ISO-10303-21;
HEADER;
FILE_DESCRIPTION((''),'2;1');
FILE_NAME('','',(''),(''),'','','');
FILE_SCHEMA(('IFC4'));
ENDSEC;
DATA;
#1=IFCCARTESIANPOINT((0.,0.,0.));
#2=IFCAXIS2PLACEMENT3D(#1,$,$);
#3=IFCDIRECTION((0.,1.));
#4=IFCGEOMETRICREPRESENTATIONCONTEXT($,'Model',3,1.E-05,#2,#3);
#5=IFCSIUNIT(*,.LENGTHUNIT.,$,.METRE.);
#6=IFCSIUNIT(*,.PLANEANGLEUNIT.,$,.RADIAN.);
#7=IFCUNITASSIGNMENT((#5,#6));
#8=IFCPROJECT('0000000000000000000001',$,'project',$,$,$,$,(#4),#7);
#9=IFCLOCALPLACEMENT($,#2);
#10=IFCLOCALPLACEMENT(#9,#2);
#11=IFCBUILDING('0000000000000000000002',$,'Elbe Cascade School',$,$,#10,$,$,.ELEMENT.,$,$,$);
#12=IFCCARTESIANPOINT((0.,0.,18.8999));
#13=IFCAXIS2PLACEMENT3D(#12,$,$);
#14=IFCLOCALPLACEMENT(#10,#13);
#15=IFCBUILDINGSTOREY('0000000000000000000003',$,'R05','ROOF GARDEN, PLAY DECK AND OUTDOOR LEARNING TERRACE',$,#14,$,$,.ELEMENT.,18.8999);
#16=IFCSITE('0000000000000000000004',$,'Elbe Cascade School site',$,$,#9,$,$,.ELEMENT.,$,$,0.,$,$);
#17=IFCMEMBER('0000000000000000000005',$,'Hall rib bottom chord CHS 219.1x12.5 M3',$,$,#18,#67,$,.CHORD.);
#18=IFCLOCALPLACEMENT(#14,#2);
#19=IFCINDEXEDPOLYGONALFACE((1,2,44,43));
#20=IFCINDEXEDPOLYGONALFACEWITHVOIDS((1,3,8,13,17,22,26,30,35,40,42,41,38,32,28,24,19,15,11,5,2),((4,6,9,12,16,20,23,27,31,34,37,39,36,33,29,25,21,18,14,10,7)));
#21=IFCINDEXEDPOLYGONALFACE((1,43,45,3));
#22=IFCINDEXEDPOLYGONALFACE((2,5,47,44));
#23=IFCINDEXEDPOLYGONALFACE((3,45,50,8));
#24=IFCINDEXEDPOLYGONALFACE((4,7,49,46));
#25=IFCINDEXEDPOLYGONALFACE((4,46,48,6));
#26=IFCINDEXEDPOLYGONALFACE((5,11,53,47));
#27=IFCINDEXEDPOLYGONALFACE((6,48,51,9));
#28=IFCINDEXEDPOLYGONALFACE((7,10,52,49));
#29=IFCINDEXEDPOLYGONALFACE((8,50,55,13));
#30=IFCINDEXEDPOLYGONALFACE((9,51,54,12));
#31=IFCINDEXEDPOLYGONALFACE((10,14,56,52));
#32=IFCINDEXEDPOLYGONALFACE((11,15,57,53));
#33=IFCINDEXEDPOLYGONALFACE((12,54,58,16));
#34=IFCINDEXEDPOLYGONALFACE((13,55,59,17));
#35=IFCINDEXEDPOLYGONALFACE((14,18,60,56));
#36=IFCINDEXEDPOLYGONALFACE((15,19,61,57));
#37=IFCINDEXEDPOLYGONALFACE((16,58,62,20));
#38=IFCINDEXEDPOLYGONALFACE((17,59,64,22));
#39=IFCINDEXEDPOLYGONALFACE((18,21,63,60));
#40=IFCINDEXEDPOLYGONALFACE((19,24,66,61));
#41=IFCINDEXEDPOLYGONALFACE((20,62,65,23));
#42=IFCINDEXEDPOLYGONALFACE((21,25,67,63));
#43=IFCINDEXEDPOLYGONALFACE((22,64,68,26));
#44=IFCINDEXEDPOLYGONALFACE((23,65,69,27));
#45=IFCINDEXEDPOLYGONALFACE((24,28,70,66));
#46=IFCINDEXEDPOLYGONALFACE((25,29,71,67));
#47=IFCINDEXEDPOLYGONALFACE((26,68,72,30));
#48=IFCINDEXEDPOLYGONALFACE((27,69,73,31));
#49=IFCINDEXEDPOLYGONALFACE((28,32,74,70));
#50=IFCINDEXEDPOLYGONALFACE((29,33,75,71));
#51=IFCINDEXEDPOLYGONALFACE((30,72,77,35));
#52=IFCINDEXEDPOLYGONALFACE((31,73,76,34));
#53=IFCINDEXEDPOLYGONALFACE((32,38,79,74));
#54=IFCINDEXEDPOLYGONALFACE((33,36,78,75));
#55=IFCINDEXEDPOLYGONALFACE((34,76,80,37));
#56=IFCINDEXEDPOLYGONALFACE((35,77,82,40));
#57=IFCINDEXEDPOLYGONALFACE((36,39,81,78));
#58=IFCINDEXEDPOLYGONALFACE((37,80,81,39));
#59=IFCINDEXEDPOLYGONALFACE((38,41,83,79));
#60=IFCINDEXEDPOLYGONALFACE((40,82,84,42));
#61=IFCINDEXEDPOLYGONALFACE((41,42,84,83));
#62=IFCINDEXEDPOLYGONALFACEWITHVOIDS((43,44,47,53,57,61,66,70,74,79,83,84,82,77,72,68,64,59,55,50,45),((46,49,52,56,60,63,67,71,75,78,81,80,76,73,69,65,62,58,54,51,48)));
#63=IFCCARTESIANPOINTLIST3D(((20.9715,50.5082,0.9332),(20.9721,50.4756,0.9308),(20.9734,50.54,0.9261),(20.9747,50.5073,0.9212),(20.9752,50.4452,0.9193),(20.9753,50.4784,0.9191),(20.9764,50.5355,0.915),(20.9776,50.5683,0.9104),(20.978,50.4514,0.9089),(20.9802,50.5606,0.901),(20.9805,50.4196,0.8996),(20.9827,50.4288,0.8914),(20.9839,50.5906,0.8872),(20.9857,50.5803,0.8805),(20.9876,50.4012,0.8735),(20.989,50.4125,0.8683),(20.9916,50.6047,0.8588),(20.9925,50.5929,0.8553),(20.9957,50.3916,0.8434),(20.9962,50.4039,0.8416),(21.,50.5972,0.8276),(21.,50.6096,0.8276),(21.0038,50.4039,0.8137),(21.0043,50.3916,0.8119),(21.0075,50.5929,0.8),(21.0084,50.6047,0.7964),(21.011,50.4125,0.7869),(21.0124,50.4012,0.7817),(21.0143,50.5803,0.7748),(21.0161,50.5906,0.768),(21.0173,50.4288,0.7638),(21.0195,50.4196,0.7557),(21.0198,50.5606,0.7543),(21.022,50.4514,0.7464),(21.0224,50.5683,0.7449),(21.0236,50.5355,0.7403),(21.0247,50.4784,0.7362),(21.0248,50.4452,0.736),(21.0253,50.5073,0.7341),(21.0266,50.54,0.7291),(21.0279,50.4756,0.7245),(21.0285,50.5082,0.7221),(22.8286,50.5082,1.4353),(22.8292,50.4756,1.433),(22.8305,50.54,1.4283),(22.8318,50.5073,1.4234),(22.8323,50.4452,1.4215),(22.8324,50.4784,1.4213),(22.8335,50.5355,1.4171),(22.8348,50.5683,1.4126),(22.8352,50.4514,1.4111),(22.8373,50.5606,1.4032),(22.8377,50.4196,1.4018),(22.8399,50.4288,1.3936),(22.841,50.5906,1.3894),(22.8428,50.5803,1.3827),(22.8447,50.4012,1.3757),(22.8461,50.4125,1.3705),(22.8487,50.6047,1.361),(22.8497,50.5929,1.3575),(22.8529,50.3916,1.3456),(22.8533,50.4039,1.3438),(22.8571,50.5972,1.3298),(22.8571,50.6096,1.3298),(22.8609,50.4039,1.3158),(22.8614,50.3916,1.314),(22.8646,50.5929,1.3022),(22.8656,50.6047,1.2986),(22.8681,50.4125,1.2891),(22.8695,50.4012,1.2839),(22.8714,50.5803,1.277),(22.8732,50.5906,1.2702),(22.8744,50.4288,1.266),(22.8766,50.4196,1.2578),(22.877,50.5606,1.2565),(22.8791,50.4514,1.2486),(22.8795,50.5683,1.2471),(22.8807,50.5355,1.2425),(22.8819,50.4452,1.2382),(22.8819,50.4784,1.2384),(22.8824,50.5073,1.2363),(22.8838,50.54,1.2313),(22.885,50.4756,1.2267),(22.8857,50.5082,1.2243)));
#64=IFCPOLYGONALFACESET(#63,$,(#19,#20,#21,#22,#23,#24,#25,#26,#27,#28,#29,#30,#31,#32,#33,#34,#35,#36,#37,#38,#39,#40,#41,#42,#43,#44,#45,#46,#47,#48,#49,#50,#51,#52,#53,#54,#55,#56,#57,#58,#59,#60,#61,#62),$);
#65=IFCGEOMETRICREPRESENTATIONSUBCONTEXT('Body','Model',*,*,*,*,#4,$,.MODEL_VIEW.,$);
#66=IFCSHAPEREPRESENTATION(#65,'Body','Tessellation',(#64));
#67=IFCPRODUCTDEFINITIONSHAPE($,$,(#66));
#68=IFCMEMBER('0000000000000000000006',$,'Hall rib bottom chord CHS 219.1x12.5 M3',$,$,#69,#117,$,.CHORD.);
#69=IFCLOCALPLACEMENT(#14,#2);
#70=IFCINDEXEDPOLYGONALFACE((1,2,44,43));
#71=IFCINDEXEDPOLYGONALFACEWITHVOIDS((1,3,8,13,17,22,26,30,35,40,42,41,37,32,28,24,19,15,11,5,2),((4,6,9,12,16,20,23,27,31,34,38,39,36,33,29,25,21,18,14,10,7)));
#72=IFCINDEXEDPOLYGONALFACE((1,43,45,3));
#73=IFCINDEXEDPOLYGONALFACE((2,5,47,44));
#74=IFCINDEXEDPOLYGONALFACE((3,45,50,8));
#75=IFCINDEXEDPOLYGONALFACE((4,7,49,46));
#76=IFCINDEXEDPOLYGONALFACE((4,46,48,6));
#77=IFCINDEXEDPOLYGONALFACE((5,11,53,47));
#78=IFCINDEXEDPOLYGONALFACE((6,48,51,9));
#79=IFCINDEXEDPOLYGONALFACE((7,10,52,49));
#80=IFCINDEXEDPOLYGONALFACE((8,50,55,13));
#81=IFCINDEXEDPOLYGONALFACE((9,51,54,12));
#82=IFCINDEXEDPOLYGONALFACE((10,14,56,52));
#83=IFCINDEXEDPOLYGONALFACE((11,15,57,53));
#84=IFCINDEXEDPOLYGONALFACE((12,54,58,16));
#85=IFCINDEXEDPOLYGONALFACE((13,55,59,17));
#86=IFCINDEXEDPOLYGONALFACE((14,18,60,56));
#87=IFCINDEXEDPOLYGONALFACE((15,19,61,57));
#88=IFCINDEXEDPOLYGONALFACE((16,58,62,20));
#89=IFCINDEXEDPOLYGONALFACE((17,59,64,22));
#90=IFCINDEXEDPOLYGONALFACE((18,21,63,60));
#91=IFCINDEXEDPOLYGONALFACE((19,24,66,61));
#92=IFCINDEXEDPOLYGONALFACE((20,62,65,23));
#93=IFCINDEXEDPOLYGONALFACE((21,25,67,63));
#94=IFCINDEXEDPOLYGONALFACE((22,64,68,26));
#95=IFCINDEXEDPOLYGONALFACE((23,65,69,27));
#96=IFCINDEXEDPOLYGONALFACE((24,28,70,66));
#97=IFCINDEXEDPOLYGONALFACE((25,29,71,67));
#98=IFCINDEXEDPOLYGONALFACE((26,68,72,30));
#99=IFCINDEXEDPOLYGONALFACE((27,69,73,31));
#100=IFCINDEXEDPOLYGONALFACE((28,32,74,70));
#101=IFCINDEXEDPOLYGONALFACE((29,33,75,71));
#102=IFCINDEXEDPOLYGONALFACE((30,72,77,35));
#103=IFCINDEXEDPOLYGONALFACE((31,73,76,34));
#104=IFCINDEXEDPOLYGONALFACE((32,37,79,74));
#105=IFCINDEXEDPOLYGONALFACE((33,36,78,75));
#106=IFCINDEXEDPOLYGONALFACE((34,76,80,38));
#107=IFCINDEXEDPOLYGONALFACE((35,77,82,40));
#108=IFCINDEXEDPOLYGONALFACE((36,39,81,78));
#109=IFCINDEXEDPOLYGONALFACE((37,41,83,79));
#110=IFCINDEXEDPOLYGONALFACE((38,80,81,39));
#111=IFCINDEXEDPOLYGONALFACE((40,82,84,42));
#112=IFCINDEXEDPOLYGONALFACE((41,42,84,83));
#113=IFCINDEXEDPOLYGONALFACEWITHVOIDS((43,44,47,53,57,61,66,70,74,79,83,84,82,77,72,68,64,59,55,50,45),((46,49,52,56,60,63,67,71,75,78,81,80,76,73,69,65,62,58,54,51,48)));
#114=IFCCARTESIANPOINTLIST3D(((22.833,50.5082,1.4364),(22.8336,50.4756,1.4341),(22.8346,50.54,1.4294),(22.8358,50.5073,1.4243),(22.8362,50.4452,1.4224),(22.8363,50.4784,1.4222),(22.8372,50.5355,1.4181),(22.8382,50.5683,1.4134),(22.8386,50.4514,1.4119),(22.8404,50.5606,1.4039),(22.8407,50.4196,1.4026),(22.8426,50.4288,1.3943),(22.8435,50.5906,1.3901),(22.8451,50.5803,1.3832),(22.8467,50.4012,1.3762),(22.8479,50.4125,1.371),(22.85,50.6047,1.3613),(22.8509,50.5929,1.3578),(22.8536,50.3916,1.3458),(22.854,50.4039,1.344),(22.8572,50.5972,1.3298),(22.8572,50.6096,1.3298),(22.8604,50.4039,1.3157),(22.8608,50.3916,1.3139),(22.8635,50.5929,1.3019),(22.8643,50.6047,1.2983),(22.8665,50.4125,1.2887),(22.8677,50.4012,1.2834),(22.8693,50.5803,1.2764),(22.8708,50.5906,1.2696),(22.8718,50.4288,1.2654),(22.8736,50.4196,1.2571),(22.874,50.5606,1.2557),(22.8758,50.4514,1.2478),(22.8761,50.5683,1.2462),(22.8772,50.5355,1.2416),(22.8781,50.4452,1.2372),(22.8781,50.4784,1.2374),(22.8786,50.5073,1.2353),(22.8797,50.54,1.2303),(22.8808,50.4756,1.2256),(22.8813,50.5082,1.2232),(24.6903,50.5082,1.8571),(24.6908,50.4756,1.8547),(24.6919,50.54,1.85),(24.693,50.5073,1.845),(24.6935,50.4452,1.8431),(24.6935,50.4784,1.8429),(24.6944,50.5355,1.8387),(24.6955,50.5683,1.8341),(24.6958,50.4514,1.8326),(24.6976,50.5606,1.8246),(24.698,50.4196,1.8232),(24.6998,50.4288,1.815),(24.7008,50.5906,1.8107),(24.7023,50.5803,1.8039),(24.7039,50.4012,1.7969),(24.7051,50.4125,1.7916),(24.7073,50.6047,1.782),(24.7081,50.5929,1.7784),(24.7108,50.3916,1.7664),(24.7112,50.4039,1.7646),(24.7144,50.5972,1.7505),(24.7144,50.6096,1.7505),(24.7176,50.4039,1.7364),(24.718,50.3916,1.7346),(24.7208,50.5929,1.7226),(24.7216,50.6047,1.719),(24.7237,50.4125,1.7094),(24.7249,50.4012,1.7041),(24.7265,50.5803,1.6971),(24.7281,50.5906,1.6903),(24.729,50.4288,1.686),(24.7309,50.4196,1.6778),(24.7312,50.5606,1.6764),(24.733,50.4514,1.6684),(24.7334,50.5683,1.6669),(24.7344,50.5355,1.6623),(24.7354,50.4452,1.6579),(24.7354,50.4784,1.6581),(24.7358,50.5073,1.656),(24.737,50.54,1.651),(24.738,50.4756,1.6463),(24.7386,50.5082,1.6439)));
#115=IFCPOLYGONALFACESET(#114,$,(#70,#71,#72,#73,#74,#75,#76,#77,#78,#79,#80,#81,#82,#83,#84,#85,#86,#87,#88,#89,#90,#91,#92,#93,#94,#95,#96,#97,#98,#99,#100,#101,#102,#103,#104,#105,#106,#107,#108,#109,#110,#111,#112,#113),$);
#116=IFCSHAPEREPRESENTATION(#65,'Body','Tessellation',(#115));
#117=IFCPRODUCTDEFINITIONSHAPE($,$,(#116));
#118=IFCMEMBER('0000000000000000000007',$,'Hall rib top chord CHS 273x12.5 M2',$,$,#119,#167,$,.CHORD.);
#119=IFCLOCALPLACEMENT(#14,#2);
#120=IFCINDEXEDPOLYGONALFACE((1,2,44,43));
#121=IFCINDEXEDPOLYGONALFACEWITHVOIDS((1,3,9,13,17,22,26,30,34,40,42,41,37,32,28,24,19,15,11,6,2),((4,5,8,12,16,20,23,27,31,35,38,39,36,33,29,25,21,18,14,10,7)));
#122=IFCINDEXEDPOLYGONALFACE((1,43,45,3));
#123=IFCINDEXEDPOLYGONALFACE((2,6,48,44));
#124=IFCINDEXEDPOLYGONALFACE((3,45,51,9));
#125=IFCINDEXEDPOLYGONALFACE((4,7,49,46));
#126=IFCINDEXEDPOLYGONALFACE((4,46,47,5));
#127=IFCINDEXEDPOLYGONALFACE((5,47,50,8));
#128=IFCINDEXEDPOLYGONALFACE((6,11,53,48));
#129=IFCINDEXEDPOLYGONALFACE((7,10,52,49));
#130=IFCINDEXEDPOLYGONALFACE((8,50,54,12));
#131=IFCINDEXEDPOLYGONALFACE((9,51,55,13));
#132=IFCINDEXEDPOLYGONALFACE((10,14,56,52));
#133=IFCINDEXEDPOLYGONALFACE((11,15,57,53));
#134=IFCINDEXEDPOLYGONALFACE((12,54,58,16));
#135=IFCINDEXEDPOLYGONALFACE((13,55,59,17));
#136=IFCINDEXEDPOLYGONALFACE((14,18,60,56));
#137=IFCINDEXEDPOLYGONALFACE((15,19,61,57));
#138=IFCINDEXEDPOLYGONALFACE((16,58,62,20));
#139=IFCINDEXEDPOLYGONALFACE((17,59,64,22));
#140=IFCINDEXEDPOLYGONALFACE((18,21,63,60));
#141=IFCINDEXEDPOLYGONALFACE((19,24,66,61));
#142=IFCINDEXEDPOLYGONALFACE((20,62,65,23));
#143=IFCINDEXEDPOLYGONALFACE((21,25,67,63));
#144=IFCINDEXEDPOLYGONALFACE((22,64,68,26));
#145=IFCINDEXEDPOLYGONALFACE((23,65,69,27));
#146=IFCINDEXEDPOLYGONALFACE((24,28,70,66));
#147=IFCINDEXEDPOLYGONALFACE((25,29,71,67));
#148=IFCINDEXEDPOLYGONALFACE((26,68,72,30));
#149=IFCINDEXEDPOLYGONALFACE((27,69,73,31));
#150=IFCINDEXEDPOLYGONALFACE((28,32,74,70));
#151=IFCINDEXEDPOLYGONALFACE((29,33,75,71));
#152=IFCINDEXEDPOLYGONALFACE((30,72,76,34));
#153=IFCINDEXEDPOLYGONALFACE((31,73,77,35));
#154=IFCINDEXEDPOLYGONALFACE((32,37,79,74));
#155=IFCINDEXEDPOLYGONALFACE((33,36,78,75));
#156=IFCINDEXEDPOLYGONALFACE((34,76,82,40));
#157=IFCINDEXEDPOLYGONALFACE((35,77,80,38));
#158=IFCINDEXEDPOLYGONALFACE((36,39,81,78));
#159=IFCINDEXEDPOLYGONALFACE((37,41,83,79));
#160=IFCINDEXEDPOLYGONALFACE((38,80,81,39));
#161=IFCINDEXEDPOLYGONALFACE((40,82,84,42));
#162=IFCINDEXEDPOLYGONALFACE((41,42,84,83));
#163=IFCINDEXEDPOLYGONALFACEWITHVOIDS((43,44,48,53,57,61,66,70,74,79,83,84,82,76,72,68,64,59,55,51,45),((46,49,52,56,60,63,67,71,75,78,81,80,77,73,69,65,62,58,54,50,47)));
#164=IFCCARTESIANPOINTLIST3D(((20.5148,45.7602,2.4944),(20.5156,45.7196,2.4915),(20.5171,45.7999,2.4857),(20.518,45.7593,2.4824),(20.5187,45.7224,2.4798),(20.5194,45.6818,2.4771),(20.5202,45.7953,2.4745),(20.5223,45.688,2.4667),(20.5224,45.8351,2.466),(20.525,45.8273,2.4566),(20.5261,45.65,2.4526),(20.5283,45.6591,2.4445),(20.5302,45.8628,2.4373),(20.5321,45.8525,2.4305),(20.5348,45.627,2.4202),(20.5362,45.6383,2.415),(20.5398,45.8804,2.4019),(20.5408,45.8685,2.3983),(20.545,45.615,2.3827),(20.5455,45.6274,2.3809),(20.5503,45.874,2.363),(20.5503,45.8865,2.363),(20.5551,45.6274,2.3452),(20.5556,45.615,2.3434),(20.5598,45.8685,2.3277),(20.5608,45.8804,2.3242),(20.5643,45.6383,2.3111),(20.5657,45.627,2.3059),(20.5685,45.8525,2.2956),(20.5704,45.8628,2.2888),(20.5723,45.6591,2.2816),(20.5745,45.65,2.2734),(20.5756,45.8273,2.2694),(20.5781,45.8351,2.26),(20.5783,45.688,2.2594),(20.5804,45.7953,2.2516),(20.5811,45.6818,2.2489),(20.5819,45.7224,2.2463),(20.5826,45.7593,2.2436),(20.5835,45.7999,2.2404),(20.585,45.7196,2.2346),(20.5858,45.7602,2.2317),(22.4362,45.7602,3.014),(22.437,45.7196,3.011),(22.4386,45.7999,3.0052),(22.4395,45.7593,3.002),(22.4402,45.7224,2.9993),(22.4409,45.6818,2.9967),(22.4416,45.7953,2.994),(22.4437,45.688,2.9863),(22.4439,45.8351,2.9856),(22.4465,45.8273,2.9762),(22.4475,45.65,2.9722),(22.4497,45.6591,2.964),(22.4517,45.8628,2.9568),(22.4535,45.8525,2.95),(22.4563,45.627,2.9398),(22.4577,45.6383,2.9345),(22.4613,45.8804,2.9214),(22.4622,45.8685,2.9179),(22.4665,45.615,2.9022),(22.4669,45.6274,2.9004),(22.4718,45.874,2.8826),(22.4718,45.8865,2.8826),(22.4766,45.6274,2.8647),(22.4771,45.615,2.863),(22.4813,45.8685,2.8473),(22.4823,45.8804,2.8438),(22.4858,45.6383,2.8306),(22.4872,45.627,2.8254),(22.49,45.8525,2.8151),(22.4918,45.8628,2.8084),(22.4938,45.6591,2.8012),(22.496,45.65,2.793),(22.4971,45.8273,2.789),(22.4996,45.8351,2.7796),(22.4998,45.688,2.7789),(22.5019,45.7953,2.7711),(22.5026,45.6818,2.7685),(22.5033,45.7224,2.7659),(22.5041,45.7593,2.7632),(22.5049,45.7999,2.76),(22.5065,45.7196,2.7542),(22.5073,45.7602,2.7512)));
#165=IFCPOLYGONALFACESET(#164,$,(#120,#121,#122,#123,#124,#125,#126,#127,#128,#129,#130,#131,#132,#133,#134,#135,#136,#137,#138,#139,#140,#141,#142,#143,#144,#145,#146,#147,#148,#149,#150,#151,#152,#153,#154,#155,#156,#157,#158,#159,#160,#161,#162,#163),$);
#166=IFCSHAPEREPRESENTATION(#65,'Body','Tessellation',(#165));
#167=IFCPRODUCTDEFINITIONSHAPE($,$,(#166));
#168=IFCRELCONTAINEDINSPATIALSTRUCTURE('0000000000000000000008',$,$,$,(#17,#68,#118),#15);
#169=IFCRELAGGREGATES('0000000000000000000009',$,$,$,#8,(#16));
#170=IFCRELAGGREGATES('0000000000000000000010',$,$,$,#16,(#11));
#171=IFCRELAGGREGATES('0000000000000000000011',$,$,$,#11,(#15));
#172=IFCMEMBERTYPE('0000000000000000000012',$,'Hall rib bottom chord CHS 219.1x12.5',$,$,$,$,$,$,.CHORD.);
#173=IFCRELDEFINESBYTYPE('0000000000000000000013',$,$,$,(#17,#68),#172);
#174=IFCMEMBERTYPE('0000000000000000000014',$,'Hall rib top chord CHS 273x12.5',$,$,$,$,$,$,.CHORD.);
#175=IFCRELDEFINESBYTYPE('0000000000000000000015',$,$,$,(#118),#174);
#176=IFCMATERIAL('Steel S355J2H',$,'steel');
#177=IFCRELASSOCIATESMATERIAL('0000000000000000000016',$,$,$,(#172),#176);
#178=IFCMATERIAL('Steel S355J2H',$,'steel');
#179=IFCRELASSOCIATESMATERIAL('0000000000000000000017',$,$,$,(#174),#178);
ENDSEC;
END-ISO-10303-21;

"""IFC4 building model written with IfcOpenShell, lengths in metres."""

from ifc_helpers import new_model, si_unit, direction, frame, origin, origin_2d, place, context, subcontext, project, spatial, hollow_circle, extrude, material, material_profile, profile_set, type_object, element, save


model = new_model("IFC4")

# Units and contexts
model_context = context("Model", 3, precision=1e-05, world=origin(), true_north=direction((0.0, 1.0)))
body_context = subcontext(model_context, "Body", "Model", "MODEL_VIEW")
ifc_project = project(units=[si_unit("LENGTHUNIT", "METRE"), si_unit("PLANEANGLEUNIT", "RADIAN")], contexts=[model_context])

# Site, building, storey
site_placement = place(None, origin())
site = spatial("IfcSite", under=ifc_project, at=site_placement, Name="Elbe Cascade School site", CompositionType="ELEMENT", RefElevation=0.0)
building_placement = place(site_placement, origin())
building = spatial("IfcBuilding", under=site, at=building_placement, Name="Elbe Cascade School", CompositionType="ELEMENT")
storey_placement = place(building_placement, frame((0.0, 0.0, 18.8999)))
storey = spatial("IfcBuildingStorey", under=building, at=storey_placement, Name="R05", Description="ROOF GARDEN, PLAY DECK AND OUTDOOR LEARNING TERRACE", CompositionType="ELEMENT", Elevation=18.8999)

# Members
ifc_material_1 = material(Name="Steel S355J2H", Category="steel")
ifc_material_profile_1 = material_profile(ifc_material_1, hollow_circle(Radius=0.1096, WallThickness=0.0125, at=origin_2d()), Name="CHS 219.1x12.5")
ifc_profile_set_1 = profile_set([ifc_material_profile_1], Name="Steel S355J2H")
member_type_1 = type_object("IfcMemberType", Name="Hall rib bottom chord CHS 219.1x12.5", PredefinedType="CHORD", material=ifc_profile_set_1)
member_1_placement = place(storey_placement, frame((21.0, 50.5, 0.8276), z_axis=(0.96533, 0.0, 0.261034), x_axis=(0.0, 1.0, 0.0)))
element("IfcMember", 1, at=member_1_placement, inside=storey, type_object=member_type_1, Name="Hall rib bottom chord CHS 219.1x12.5 M3", PredefinedType="CHORD", context=body_context, shape_type="SweptSolid", body=[
    extrude(hollow_circle(Radius=0.1096, WallThickness=0.0125, at=origin_2d()), origin(), (0.0, 0.0, 1.0), 1.9238),
])
member_2_placement = place(storey_placement, frame((22.8572, 50.5, 1.3298), z_axis=(0.975295, 0.0, 0.220906), x_axis=(0.0, 1.0, 0.0)))
element("IfcMember", 2, at=member_2_placement, inside=storey, type_object=member_type_1, Name="Hall rib bottom chord CHS 219.1x12.5 M3", PredefinedType="CHORD", context=body_context, shape_type="SweptSolid", body=[
    extrude(hollow_circle(Radius=0.1096, WallThickness=0.0125, at=origin_2d()), origin(), (0.0, 0.0, 1.0), 1.9043),
])
ifc_material_2 = material(Name="Steel S355J2H", Category="steel")
ifc_material_profile_2 = material_profile(ifc_material_2, hollow_circle(Radius=0.1365, WallThickness=0.0125, at=origin_2d()), Name="CHS 273x12.5")
ifc_profile_set_2 = profile_set([ifc_material_profile_2], Name="Steel S355J2H")
member_type_2 = type_object("IfcMemberType", Name="Hall rib top chord CHS 273x12.5", PredefinedType="CHORD", material=ifc_profile_set_2)
member_3_placement = place(storey_placement, frame((20.5503, 45.75, 2.363), z_axis=(0.965333, 0.0, 0.26102), x_axis=(0.0, 1.0, 0.0)))
element("IfcMember", 3, at=member_3_placement, inside=storey, type_object=member_type_2, Name="Hall rib top chord CHS 273x12.5 M2", PredefinedType="CHORD", context=body_context, shape_type="SweptSolid", body=[
    extrude(hollow_circle(Radius=0.1365, WallThickness=0.0125, at=origin_2d()), origin(), (0.0, 0.0, 1.0), 1.9905),
])

save(model, "model.ifc")
